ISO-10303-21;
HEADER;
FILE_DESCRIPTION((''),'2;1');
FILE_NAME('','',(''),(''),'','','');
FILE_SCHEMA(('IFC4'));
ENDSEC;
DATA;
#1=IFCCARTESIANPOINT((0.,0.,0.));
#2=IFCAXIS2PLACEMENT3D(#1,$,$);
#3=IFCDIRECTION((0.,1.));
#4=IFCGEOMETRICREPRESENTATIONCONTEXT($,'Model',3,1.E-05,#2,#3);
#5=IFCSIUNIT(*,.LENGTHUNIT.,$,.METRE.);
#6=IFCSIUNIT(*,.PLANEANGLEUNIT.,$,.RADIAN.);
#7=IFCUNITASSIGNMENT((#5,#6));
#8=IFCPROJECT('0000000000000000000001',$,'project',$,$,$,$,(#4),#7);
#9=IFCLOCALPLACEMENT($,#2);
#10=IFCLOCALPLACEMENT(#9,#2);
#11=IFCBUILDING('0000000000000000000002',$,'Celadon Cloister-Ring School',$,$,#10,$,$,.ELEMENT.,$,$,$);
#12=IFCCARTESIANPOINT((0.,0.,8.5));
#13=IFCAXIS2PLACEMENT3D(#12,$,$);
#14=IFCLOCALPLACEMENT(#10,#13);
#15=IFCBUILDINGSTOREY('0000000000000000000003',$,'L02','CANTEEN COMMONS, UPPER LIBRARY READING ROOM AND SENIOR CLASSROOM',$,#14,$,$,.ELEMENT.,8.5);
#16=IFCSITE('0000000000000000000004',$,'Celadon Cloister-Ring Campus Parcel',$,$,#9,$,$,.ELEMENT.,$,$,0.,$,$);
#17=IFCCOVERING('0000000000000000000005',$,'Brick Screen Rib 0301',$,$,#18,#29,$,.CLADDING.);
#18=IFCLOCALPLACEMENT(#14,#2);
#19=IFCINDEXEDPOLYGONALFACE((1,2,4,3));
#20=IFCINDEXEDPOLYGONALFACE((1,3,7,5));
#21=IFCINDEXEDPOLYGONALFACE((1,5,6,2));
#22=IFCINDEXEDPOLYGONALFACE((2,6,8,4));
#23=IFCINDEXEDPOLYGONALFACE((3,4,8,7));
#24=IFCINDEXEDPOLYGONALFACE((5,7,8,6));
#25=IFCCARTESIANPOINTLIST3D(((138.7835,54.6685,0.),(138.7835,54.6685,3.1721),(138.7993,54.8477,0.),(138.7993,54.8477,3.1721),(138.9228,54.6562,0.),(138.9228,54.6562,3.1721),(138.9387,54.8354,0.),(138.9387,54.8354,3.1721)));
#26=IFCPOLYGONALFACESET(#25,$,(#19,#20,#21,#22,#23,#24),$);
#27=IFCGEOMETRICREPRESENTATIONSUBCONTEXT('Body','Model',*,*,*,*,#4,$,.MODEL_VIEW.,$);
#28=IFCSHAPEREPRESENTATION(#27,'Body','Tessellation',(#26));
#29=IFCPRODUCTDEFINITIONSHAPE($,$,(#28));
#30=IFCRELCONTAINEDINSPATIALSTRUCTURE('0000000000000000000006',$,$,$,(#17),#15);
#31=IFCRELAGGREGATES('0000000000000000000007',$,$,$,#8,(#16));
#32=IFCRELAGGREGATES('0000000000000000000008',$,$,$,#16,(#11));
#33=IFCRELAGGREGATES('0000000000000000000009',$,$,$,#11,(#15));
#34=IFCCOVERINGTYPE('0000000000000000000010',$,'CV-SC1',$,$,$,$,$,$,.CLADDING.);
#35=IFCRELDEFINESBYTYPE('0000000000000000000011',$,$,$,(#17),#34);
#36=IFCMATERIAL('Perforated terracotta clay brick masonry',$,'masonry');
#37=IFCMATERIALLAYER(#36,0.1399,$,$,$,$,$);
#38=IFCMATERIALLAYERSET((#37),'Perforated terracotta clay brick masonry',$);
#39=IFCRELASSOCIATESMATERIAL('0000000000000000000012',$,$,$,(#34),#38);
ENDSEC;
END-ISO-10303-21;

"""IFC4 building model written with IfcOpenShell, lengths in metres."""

from ifc_helpers import new_model, si_unit, direction, frame, origin, origin_2d, place, context, subcontext, project, spatial, rectangle, extrude, material, layer, layer_set, type_object, element, save


model = new_model("IFC4")

# Units and contexts
model_context = context("Model", 3, precision=1e-05, world=origin(), true_north=direction((0.0, 1.0)))
body_context = subcontext(model_context, "Body", "Model", "MODEL_VIEW")
ifc_project = project(units=[si_unit("LENGTHUNIT", "METRE"), si_unit("PLANEANGLEUNIT", "RADIAN")], contexts=[model_context])

# Site, building, storey
site_placement = place(None, origin())
site = spatial("IfcSite", under=ifc_project, at=site_placement, Name="Celadon Cloister-Ring Campus Parcel", CompositionType="ELEMENT", RefElevation=0.0)
building_placement = place(site_placement, origin())
building = spatial("IfcBuilding", under=site, at=building_placement, Name="Celadon Cloister-Ring School", CompositionType="ELEMENT")
storey_placement = place(building_placement, frame((0.0, 0.0, 8.5)))
storey = spatial("IfcBuildingStorey", under=building, at=storey_placement, Name="L02", Description="CANTEEN COMMONS, UPPER LIBRARY READING ROOM AND SENIOR CLASSROOM", CompositionType="ELEMENT", Elevation=8.5)

# Covering
ifc_material_1 = material(Name="Perforated terracotta clay brick masonry", Category="masonry")
ifc_layer_1 = layer(ifc_material_1, 0.1399)
ifc_layer_set_1 = layer_set([ifc_layer_1], Name="Perforated terracotta clay brick masonry")
covering_type = type_object("IfcCoveringType", Name="CV-SC1", PredefinedType="CLADDING", material=ifc_layer_set_1)
for number, where, z_axis, x_axis, name in (
    (1, (138.8611, 54.752, 0.0), (0.0, 0.0, 1.0), (-0.087973, -0.996123, 0.0), "Brick Screen Rib 0301"),
):
    element("IfcCovering", number, at=place(storey_placement, frame(where, z_axis=z_axis, x_axis=x_axis)), inside=storey, type_object=covering_type, Name=name, PredefinedType="CLADDING", context=body_context, shape_type="SweptSolid", body=[
        extrude(rectangle(XDim=0.1799, YDim=0.1399, at=origin_2d()), origin(), (0.0, 0.0, 1.0), 3.1721),
    ])

save(model, "model.ifc")
